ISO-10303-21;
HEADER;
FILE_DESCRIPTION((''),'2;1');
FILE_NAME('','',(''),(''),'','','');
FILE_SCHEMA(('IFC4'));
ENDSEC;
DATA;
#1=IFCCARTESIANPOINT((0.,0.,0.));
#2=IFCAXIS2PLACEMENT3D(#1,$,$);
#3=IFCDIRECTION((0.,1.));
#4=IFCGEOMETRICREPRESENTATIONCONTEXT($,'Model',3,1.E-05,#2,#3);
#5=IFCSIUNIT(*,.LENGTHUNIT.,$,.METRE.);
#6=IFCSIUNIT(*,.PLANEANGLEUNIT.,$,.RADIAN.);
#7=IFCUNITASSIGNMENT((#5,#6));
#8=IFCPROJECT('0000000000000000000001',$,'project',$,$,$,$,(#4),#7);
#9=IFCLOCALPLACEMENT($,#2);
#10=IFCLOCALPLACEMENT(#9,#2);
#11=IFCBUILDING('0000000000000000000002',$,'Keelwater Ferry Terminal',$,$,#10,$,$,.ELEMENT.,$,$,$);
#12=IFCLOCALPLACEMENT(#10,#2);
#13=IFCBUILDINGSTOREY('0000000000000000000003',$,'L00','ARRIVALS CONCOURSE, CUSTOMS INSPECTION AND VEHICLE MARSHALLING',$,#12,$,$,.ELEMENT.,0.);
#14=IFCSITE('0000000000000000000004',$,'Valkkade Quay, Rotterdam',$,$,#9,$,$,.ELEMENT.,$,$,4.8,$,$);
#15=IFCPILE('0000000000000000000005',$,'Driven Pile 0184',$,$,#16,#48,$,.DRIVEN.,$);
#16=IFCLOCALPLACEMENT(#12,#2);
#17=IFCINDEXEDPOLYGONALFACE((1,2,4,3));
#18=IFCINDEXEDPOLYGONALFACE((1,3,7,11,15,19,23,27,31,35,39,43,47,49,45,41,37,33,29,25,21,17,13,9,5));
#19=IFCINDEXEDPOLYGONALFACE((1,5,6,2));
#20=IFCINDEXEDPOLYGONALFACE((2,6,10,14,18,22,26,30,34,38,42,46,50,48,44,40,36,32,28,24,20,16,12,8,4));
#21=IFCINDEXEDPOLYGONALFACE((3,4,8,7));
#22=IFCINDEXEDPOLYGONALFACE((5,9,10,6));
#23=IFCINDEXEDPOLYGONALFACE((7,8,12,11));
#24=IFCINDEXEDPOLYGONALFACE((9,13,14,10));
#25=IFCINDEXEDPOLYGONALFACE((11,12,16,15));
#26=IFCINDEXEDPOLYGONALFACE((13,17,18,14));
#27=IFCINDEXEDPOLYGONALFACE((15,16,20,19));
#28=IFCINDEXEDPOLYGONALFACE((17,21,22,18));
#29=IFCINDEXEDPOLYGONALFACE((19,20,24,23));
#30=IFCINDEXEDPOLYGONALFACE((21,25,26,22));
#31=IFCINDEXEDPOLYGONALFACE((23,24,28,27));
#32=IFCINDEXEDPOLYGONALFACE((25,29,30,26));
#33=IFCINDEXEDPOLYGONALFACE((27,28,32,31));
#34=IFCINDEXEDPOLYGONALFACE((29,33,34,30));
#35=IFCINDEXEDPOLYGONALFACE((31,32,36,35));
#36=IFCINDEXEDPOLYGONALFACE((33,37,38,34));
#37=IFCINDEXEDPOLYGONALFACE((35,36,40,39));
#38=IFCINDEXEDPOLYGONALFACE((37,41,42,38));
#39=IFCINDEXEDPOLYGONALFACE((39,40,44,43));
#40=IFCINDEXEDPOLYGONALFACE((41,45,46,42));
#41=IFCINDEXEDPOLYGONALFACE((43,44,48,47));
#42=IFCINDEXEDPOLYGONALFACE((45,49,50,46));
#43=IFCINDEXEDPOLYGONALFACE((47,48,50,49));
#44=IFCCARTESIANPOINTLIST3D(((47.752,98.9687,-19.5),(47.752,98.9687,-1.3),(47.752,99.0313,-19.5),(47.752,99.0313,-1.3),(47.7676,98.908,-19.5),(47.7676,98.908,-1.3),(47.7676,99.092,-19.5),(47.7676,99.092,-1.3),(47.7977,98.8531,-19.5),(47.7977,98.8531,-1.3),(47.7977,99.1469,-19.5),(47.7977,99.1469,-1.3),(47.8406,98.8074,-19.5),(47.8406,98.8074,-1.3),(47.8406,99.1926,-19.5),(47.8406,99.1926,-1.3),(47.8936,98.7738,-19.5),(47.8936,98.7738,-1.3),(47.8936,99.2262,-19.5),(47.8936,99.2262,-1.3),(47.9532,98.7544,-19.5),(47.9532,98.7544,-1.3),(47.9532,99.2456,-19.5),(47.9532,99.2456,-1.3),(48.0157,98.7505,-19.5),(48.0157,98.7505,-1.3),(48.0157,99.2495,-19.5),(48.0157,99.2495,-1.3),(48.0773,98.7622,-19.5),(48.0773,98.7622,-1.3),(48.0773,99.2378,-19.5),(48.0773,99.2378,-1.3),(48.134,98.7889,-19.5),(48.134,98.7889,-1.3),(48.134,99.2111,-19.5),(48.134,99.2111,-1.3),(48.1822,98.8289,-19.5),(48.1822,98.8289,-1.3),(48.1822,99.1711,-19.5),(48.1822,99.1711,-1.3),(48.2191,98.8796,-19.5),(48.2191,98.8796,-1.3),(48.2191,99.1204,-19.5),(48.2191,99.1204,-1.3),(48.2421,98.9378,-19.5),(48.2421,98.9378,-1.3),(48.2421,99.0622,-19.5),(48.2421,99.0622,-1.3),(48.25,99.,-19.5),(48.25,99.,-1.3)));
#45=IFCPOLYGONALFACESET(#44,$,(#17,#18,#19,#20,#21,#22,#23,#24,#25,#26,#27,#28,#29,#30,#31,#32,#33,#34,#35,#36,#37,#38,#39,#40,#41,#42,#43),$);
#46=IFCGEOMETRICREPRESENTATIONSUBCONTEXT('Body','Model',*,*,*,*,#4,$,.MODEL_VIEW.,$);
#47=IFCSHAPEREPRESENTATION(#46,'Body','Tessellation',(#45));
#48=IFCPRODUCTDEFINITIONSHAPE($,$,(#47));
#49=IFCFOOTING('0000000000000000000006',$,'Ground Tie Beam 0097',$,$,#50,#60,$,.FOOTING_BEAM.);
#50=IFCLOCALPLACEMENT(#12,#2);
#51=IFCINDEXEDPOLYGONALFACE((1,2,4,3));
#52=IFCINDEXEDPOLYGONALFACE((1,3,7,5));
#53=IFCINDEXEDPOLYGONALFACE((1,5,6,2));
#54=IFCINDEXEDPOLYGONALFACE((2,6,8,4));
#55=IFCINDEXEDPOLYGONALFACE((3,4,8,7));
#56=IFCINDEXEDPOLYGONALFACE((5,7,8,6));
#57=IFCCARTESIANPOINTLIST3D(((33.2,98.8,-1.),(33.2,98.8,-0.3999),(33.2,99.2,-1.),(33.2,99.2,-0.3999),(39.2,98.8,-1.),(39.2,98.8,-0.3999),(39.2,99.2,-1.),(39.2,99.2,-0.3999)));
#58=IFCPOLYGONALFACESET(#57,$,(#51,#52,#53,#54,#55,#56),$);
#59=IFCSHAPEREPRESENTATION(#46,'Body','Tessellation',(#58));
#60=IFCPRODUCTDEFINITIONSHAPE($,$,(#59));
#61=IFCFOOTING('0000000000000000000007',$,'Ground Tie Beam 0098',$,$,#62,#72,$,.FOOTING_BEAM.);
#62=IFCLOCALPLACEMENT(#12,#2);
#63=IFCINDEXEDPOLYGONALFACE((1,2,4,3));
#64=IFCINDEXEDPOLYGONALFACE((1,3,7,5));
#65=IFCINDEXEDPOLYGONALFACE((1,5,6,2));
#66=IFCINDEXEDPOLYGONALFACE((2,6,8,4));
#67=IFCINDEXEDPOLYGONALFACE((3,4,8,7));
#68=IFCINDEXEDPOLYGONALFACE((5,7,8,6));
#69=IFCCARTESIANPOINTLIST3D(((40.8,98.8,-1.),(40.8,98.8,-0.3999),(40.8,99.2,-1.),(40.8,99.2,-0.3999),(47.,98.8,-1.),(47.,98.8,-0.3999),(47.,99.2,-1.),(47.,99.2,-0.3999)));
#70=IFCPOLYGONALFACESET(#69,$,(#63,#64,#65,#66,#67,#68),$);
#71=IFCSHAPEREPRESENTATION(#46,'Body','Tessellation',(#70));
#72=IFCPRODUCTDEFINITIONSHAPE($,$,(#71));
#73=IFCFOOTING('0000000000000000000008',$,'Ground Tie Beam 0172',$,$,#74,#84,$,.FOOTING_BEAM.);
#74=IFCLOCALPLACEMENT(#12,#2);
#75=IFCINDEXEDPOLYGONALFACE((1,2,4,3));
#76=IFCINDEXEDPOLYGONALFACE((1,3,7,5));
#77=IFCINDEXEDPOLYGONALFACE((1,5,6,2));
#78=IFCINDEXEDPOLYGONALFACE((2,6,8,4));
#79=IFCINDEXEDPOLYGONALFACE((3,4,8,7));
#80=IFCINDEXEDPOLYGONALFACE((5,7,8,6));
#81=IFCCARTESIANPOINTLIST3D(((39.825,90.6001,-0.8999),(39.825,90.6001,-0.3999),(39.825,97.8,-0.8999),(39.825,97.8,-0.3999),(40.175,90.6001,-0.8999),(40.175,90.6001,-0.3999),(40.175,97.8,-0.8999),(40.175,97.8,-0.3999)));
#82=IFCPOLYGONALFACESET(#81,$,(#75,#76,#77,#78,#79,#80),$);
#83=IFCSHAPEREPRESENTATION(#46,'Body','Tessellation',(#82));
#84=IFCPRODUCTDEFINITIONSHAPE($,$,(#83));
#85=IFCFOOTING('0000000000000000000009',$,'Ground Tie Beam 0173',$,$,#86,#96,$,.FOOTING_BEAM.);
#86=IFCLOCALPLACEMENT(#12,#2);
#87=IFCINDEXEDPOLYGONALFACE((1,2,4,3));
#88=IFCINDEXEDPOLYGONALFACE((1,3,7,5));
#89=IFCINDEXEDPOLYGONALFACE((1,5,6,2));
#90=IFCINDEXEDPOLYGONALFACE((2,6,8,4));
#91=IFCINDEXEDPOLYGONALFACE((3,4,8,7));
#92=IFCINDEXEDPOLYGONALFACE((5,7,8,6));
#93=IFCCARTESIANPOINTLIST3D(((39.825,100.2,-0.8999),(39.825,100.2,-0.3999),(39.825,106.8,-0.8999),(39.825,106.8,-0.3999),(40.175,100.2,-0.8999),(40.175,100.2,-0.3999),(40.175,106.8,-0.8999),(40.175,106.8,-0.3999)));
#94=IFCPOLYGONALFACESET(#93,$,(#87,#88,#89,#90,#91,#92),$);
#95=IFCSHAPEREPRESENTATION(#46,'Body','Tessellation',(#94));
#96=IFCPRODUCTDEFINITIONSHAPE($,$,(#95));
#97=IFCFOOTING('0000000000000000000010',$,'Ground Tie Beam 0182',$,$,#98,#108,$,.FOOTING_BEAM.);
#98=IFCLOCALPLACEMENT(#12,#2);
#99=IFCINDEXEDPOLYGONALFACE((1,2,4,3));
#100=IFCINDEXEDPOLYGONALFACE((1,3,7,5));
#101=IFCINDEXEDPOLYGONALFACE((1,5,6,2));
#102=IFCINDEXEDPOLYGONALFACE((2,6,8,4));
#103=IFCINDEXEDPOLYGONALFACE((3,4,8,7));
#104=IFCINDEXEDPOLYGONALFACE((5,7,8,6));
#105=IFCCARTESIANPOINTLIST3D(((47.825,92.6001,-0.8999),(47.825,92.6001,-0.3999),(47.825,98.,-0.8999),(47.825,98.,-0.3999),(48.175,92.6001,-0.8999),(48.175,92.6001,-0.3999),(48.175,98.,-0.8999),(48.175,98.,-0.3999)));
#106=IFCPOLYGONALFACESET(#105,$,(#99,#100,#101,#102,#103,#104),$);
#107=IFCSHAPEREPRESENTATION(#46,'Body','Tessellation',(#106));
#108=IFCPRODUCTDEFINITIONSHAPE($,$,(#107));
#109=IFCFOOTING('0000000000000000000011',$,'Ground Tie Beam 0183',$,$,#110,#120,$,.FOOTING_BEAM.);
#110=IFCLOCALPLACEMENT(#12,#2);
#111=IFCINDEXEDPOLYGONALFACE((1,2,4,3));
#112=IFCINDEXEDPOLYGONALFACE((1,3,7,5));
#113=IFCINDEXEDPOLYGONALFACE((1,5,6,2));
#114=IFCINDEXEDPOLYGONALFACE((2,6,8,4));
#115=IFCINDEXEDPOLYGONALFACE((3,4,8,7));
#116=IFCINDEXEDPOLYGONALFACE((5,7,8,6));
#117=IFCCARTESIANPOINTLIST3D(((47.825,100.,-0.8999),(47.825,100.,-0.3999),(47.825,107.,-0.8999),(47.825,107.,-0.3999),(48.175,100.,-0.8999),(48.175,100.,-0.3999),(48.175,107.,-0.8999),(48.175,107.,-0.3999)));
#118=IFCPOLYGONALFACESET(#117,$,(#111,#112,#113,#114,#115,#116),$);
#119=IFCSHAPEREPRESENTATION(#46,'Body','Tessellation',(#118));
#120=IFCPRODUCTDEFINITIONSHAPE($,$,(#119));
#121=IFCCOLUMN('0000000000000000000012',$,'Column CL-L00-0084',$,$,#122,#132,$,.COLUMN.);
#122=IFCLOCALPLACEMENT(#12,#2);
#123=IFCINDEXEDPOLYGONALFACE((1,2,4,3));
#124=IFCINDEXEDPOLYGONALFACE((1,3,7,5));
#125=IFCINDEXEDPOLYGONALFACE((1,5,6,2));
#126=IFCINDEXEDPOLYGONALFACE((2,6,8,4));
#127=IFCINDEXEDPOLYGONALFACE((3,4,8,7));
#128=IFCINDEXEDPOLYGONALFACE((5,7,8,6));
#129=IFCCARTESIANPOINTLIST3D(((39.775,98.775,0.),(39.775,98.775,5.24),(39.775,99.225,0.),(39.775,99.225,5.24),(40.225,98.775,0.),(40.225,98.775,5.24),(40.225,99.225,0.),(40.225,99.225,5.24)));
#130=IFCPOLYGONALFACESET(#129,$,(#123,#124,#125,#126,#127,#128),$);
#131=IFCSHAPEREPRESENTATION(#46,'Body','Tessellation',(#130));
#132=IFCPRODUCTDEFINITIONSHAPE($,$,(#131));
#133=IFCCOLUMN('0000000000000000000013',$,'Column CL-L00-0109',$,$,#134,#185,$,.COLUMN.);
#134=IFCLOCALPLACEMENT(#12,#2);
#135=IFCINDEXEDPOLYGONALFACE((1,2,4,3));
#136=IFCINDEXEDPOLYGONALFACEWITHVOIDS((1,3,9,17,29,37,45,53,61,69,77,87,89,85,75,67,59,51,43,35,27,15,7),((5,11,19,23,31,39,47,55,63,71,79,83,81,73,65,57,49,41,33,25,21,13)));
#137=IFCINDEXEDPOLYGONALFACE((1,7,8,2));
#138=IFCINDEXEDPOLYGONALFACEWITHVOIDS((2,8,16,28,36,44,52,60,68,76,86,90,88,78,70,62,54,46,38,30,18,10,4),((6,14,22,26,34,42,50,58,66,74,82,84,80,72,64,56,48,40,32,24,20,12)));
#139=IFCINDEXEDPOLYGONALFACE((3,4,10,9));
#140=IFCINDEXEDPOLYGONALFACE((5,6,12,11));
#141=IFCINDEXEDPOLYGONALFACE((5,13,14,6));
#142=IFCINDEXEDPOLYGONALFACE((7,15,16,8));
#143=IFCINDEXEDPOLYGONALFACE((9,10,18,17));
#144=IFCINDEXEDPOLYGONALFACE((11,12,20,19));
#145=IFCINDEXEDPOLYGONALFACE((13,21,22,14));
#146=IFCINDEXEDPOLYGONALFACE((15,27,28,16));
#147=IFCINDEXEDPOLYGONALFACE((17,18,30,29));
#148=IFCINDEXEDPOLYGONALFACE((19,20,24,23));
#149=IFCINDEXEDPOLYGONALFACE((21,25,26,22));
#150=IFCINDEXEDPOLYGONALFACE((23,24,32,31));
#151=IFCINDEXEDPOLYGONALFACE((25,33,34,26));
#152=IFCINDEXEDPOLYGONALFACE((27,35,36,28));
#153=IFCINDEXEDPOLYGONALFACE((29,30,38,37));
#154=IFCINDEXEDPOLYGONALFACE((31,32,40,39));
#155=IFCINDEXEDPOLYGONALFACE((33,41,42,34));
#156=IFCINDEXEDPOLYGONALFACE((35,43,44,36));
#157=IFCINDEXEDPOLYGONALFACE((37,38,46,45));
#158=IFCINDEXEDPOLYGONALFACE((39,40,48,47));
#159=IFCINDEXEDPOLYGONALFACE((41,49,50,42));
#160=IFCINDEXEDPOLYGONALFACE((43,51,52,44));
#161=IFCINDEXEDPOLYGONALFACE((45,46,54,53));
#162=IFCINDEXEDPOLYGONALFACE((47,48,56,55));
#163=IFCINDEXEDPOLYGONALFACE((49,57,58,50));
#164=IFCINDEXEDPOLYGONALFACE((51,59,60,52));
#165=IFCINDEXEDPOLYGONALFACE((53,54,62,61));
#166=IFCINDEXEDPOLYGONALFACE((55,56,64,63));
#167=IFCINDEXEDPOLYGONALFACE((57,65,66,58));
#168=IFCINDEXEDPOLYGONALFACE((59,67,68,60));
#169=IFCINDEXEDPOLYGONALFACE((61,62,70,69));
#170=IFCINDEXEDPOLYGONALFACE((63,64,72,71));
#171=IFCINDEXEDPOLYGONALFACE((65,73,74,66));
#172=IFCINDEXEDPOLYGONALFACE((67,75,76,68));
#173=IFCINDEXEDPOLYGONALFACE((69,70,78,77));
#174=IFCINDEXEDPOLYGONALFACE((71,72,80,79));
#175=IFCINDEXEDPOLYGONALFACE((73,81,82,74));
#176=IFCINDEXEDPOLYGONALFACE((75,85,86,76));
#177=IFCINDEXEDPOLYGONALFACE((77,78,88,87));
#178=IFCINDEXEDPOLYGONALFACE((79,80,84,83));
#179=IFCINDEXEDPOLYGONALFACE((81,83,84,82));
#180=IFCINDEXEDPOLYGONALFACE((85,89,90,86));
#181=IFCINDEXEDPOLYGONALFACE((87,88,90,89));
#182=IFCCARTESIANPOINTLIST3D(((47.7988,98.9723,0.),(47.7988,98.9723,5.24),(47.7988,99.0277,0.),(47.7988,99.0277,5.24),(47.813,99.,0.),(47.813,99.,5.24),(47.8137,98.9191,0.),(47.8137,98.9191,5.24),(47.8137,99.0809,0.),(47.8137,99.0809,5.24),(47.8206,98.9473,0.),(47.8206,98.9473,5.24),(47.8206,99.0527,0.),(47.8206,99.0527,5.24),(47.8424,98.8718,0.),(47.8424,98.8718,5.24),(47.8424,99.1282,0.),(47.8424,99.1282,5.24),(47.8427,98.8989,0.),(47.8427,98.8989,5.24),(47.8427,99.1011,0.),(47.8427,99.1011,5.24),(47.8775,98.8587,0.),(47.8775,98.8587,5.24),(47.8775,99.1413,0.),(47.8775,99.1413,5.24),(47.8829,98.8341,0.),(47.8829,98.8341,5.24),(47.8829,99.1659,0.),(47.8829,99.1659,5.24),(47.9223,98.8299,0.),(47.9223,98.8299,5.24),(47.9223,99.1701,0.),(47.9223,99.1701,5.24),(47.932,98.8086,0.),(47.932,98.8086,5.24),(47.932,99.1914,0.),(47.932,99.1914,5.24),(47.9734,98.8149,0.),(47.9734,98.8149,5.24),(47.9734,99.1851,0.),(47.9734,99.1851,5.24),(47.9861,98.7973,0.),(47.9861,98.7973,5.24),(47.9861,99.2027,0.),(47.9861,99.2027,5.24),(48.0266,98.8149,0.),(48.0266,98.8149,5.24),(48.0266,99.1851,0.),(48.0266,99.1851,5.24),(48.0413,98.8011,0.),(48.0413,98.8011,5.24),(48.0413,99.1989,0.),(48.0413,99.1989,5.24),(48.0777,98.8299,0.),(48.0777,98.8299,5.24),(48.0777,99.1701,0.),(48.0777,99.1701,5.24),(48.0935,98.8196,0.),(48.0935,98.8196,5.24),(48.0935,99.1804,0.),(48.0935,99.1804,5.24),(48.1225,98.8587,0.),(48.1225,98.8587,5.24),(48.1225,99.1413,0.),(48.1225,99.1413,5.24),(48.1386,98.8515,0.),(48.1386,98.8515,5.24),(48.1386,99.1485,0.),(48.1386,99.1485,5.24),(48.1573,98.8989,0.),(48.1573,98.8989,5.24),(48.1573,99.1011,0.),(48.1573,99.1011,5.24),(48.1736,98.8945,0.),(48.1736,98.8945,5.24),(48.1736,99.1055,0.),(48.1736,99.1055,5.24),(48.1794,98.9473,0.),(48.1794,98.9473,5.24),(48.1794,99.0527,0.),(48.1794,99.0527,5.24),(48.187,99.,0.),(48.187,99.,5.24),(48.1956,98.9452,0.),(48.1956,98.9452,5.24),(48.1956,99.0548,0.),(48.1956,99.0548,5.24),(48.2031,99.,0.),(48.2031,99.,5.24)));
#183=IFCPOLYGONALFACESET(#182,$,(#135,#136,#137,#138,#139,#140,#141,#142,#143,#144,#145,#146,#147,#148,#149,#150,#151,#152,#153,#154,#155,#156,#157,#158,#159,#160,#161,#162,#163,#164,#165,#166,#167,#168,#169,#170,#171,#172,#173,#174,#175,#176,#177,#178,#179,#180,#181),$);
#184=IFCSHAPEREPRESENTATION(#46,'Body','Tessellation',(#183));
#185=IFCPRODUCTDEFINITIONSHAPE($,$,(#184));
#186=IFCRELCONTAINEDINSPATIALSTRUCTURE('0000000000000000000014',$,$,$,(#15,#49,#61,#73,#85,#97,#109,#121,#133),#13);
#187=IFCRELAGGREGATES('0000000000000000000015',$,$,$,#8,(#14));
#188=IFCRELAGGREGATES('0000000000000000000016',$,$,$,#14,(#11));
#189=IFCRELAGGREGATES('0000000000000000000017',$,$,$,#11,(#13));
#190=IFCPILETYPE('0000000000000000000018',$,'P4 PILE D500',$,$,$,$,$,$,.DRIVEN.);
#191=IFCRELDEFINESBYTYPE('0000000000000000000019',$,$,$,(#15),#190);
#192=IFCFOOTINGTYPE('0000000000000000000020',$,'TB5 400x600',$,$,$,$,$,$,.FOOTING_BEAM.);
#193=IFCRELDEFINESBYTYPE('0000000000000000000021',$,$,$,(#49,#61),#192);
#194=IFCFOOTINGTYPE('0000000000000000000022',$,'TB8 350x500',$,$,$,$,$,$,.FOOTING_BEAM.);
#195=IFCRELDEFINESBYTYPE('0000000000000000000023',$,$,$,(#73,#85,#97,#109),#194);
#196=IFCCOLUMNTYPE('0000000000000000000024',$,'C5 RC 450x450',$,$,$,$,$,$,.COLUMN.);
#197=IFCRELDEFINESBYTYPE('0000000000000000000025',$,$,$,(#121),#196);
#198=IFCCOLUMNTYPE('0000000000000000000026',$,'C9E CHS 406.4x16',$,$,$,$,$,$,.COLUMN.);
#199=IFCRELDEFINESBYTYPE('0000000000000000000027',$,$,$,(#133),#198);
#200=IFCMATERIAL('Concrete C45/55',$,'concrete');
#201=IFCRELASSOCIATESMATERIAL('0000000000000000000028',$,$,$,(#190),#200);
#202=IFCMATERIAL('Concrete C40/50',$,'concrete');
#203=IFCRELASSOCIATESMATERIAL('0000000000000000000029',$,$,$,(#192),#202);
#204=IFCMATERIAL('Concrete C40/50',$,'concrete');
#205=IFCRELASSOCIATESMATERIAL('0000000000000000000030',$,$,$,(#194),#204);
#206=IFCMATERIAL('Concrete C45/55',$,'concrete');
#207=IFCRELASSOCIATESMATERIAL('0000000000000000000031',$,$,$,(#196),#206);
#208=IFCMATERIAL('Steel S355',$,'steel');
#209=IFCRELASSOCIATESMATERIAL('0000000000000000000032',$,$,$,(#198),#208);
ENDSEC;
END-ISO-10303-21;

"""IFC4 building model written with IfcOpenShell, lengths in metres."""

from ifc_helpers import new_model, si_unit, direction, frame, origin, origin_2d, place, context, subcontext, project, spatial, rectangle, circle, hollow_circle, extrude, material, material_profile, profile_set, type_object, element, save


model = new_model("IFC4")

# Units and contexts
model_context = context("Model", 3, precision=1e-05, world=origin(), true_north=direction((0.0, 1.0)))
body_context = subcontext(model_context, "Body", "Model", "MODEL_VIEW")
ifc_project = project(units=[si_unit("LENGTHUNIT", "METRE"), si_unit("PLANEANGLEUNIT", "RADIAN")], contexts=[model_context])

# Site, building, storey
site_placement = place(None, origin())
site = spatial("IfcSite", under=ifc_project, at=site_placement, Name="Valkkade Quay, Rotterdam", CompositionType="ELEMENT", RefElevation=4.8)
building_placement = place(site_placement, origin())
building = spatial("IfcBuilding", under=site, at=building_placement, Name="Keelwater Ferry Terminal", CompositionType="ELEMENT")
storey_placement = place(building_placement, origin())
storey = spatial("IfcBuildingStorey", under=building, at=storey_placement, Name="L00", Description="ARRIVALS CONCOURSE, CUSTOMS INSPECTION AND VEHICLE MARSHALLING", CompositionType="ELEMENT", Elevation=0.0)

# Pile
ifc_material_1 = material(Name="Concrete C45/55", Category="concrete")
ifc_material_profile_1 = material_profile(ifc_material_1, circle(Radius=0.25, at=origin_2d()), Name="PILE D500")
ifc_profile_set_1 = profile_set([ifc_material_profile_1], Name="Concrete C45/55")
pile_type_1 = type_object("IfcPileType", Name="P4 PILE D500", PredefinedType="DRIVEN", material=ifc_profile_set_1)
for number, where, z_axis, x_axis, name in (
    (1, (48.0, 99.0, -1.3), (0.0, 0.0, -1.0), (1.0, 0.0, 0.0), "Driven Pile 0184"),
):
    element("IfcPile", number, at=place(storey_placement, frame(where, z_axis=z_axis, x_axis=x_axis)), inside=storey, type_object=pile_type_1, Name=name, PredefinedType="DRIVEN", context=body_context, shape_type="SweptSolid", body=[
        extrude(circle(Radius=0.25, at=origin_2d()), origin(), (0.0, 0.0, 1.0), 18.2),
    ])

# Footings
ifc_material_2 = material(Name="Concrete C40/50", Category="concrete")
ifc_material_profile_2 = material_profile(ifc_material_2, rectangle(XDim=0.3999, YDim=0.6001, at=origin_2d()), Name="TB 400x600")
ifc_profile_set_2 = profile_set([ifc_material_profile_2], Name="Concrete C40/50")
footing_type_1 = type_object("IfcFootingType", Name="TB5 400x600", PredefinedType="FOOTING_BEAM", material=ifc_profile_set_2)
footing_1_placement = place(storey_placement, frame((33.2, 99.0, -0.7), z_axis=(1.0, 0.0, 0.0), x_axis=(0.0, 1.0, 0.0)))
element("IfcFooting", 2, at=footing_1_placement, inside=storey, type_object=footing_type_1, Name="Ground Tie Beam 0097", PredefinedType="FOOTING_BEAM", context=body_context, shape_type="SweptSolid", body=[
    extrude(rectangle(XDim=0.3999, YDim=0.6001, at=origin_2d()), origin(), (0.0, 0.0, 1.0), 6.0),
])
footing_2_placement = place(storey_placement, frame((40.8, 99.0, -0.7), z_axis=(1.0, 0.0, 0.0), x_axis=(0.0, 1.0, 0.0)))
element("IfcFooting", 3, at=footing_2_placement, inside=storey, type_object=footing_type_1, Name="Ground Tie Beam 0098", PredefinedType="FOOTING_BEAM", context=body_context, shape_type="SweptSolid", body=[
    extrude(rectangle(XDim=0.3999, YDim=0.6001, at=origin_2d()), origin(), (0.0, 0.0, 1.0), 6.2),
])
ifc_material_3 = material(Name="Concrete C40/50", Category="concrete")
ifc_material_profile_3 = material_profile(ifc_material_3, rectangle(XDim=0.3501, YDim=0.5, at=origin_2d()), Name="TB 350x500")
ifc_profile_set_3 = profile_set([ifc_material_profile_3], Name="Concrete C40/50")
footing_type_2 = type_object("IfcFootingType", Name="TB8 350x500", PredefinedType="FOOTING_BEAM", material=ifc_profile_set_3)
footing_3_placement = place(storey_placement, frame((40.0, 90.6001, -0.6499), z_axis=(0.0, 1.0, 0.0), x_axis=(-1.0, 0.0, 0.0)))
element("IfcFooting", 4, at=footing_3_placement, inside=storey, type_object=footing_type_2, Name="Ground Tie Beam 0172", PredefinedType="FOOTING_BEAM", context=body_context, shape_type="SweptSolid", body=[
    extrude(rectangle(XDim=0.3501, YDim=0.5, at=origin_2d()), origin(), (0.0, 0.0, 1.0), 7.2),
])
footing_4_placement = place(storey_placement, frame((40.0, 100.2, -0.6499), z_axis=(0.0, 1.0, 0.0), x_axis=(-1.0, 0.0, 0.0)))
element("IfcFooting", 5, at=footing_4_placement, inside=storey, type_object=footing_type_2, Name="Ground Tie Beam 0173", PredefinedType="FOOTING_BEAM", context=body_context, shape_type="SweptSolid", body=[
    extrude(rectangle(XDim=0.3501, YDim=0.5, at=origin_2d()), origin(), (0.0, 0.0, 1.0), 6.6001),
])
footing_5_placement = place(storey_placement, frame((48.0, 92.6001, -0.6499), z_axis=(0.0, 1.0, 0.0), x_axis=(-1.0, 0.0, 0.0)))
element("IfcFooting", 6, at=footing_5_placement, inside=storey, type_object=footing_type_2, Name="Ground Tie Beam 0182", PredefinedType="FOOTING_BEAM", context=body_context, shape_type="SweptSolid", body=[
    extrude(rectangle(XDim=0.3501, YDim=0.5, at=origin_2d()), origin(), (0.0, 0.0, 1.0), 5.3999),
])
footing_6_placement = place(storey_placement, frame((48.0, 100.0, -0.6499), z_axis=(0.0, 1.0, 0.0), x_axis=(-1.0, 0.0, 0.0)))
element("IfcFooting", 7, at=footing_6_placement, inside=storey, type_object=footing_type_2, Name="Ground Tie Beam 0183", PredefinedType="FOOTING_BEAM", context=body_context, shape_type="SweptSolid", body=[
    extrude(rectangle(XDim=0.3501, YDim=0.5, at=origin_2d()), origin(), (0.0, 0.0, 1.0), 7.0),
])

# Columns
ifc_material_4 = material(Name="Concrete C45/55", Category="concrete")
ifc_material_profile_4 = material_profile(ifc_material_4, rectangle(XDim=0.45, YDim=0.45, at=origin_2d()), Name="RC 450x450")
ifc_profile_set_4 = profile_set([ifc_material_profile_4], Name="Concrete C45/55")
column_type_1 = type_object("IfcColumnType", Name="C5 RC 450x450", PredefinedType="COLUMN", material=ifc_profile_set_4)
column_1_placement = place(storey_placement, frame((40.0, 99.0, 0.0), z_axis=(0.0, 0.0, 1.0), x_axis=(1.0, 0.0, 0.0)))
element("IfcColumn", 8, at=column_1_placement, inside=storey, type_object=column_type_1, Name="Column CL-L00-0084", PredefinedType="COLUMN", context=body_context, shape_type="SweptSolid", body=[
    extrude(rectangle(XDim=0.45, YDim=0.45, at=origin_2d()), origin(), (0.0, 0.0, 1.0), 5.24),
])
ifc_material_5 = material(Name="Steel S355", Category="steel")
ifc_material_profile_5 = material_profile(ifc_material_5, hollow_circle(Radius=0.2031, WallThickness=0.0161, at=origin_2d()), Name="CHS 406.4x16")
ifc_profile_set_5 = profile_set([ifc_material_profile_5], Name="Steel S355")
column_type_2 = type_object("IfcColumnType", Name="C9E CHS 406.4x16", PredefinedType="COLUMN", material=ifc_profile_set_5)
column_2_placement = place(storey_placement, frame((48.0, 99.0, 0.0), z_axis=(0.0, 0.0, 1.0), x_axis=(1.0, 0.0, 0.0)))
element("IfcColumn", 9, at=column_2_placement, inside=storey, type_object=column_type_2, Name="Column CL-L00-0109", PredefinedType="COLUMN", context=body_context, shape_type="SweptSolid", body=[
    extrude(hollow_circle(Radius=0.2031, WallThickness=0.0161, at=origin_2d()), origin(), (0.0, 0.0, 1.0), 5.24),
])

save(model, "model.ifc")
